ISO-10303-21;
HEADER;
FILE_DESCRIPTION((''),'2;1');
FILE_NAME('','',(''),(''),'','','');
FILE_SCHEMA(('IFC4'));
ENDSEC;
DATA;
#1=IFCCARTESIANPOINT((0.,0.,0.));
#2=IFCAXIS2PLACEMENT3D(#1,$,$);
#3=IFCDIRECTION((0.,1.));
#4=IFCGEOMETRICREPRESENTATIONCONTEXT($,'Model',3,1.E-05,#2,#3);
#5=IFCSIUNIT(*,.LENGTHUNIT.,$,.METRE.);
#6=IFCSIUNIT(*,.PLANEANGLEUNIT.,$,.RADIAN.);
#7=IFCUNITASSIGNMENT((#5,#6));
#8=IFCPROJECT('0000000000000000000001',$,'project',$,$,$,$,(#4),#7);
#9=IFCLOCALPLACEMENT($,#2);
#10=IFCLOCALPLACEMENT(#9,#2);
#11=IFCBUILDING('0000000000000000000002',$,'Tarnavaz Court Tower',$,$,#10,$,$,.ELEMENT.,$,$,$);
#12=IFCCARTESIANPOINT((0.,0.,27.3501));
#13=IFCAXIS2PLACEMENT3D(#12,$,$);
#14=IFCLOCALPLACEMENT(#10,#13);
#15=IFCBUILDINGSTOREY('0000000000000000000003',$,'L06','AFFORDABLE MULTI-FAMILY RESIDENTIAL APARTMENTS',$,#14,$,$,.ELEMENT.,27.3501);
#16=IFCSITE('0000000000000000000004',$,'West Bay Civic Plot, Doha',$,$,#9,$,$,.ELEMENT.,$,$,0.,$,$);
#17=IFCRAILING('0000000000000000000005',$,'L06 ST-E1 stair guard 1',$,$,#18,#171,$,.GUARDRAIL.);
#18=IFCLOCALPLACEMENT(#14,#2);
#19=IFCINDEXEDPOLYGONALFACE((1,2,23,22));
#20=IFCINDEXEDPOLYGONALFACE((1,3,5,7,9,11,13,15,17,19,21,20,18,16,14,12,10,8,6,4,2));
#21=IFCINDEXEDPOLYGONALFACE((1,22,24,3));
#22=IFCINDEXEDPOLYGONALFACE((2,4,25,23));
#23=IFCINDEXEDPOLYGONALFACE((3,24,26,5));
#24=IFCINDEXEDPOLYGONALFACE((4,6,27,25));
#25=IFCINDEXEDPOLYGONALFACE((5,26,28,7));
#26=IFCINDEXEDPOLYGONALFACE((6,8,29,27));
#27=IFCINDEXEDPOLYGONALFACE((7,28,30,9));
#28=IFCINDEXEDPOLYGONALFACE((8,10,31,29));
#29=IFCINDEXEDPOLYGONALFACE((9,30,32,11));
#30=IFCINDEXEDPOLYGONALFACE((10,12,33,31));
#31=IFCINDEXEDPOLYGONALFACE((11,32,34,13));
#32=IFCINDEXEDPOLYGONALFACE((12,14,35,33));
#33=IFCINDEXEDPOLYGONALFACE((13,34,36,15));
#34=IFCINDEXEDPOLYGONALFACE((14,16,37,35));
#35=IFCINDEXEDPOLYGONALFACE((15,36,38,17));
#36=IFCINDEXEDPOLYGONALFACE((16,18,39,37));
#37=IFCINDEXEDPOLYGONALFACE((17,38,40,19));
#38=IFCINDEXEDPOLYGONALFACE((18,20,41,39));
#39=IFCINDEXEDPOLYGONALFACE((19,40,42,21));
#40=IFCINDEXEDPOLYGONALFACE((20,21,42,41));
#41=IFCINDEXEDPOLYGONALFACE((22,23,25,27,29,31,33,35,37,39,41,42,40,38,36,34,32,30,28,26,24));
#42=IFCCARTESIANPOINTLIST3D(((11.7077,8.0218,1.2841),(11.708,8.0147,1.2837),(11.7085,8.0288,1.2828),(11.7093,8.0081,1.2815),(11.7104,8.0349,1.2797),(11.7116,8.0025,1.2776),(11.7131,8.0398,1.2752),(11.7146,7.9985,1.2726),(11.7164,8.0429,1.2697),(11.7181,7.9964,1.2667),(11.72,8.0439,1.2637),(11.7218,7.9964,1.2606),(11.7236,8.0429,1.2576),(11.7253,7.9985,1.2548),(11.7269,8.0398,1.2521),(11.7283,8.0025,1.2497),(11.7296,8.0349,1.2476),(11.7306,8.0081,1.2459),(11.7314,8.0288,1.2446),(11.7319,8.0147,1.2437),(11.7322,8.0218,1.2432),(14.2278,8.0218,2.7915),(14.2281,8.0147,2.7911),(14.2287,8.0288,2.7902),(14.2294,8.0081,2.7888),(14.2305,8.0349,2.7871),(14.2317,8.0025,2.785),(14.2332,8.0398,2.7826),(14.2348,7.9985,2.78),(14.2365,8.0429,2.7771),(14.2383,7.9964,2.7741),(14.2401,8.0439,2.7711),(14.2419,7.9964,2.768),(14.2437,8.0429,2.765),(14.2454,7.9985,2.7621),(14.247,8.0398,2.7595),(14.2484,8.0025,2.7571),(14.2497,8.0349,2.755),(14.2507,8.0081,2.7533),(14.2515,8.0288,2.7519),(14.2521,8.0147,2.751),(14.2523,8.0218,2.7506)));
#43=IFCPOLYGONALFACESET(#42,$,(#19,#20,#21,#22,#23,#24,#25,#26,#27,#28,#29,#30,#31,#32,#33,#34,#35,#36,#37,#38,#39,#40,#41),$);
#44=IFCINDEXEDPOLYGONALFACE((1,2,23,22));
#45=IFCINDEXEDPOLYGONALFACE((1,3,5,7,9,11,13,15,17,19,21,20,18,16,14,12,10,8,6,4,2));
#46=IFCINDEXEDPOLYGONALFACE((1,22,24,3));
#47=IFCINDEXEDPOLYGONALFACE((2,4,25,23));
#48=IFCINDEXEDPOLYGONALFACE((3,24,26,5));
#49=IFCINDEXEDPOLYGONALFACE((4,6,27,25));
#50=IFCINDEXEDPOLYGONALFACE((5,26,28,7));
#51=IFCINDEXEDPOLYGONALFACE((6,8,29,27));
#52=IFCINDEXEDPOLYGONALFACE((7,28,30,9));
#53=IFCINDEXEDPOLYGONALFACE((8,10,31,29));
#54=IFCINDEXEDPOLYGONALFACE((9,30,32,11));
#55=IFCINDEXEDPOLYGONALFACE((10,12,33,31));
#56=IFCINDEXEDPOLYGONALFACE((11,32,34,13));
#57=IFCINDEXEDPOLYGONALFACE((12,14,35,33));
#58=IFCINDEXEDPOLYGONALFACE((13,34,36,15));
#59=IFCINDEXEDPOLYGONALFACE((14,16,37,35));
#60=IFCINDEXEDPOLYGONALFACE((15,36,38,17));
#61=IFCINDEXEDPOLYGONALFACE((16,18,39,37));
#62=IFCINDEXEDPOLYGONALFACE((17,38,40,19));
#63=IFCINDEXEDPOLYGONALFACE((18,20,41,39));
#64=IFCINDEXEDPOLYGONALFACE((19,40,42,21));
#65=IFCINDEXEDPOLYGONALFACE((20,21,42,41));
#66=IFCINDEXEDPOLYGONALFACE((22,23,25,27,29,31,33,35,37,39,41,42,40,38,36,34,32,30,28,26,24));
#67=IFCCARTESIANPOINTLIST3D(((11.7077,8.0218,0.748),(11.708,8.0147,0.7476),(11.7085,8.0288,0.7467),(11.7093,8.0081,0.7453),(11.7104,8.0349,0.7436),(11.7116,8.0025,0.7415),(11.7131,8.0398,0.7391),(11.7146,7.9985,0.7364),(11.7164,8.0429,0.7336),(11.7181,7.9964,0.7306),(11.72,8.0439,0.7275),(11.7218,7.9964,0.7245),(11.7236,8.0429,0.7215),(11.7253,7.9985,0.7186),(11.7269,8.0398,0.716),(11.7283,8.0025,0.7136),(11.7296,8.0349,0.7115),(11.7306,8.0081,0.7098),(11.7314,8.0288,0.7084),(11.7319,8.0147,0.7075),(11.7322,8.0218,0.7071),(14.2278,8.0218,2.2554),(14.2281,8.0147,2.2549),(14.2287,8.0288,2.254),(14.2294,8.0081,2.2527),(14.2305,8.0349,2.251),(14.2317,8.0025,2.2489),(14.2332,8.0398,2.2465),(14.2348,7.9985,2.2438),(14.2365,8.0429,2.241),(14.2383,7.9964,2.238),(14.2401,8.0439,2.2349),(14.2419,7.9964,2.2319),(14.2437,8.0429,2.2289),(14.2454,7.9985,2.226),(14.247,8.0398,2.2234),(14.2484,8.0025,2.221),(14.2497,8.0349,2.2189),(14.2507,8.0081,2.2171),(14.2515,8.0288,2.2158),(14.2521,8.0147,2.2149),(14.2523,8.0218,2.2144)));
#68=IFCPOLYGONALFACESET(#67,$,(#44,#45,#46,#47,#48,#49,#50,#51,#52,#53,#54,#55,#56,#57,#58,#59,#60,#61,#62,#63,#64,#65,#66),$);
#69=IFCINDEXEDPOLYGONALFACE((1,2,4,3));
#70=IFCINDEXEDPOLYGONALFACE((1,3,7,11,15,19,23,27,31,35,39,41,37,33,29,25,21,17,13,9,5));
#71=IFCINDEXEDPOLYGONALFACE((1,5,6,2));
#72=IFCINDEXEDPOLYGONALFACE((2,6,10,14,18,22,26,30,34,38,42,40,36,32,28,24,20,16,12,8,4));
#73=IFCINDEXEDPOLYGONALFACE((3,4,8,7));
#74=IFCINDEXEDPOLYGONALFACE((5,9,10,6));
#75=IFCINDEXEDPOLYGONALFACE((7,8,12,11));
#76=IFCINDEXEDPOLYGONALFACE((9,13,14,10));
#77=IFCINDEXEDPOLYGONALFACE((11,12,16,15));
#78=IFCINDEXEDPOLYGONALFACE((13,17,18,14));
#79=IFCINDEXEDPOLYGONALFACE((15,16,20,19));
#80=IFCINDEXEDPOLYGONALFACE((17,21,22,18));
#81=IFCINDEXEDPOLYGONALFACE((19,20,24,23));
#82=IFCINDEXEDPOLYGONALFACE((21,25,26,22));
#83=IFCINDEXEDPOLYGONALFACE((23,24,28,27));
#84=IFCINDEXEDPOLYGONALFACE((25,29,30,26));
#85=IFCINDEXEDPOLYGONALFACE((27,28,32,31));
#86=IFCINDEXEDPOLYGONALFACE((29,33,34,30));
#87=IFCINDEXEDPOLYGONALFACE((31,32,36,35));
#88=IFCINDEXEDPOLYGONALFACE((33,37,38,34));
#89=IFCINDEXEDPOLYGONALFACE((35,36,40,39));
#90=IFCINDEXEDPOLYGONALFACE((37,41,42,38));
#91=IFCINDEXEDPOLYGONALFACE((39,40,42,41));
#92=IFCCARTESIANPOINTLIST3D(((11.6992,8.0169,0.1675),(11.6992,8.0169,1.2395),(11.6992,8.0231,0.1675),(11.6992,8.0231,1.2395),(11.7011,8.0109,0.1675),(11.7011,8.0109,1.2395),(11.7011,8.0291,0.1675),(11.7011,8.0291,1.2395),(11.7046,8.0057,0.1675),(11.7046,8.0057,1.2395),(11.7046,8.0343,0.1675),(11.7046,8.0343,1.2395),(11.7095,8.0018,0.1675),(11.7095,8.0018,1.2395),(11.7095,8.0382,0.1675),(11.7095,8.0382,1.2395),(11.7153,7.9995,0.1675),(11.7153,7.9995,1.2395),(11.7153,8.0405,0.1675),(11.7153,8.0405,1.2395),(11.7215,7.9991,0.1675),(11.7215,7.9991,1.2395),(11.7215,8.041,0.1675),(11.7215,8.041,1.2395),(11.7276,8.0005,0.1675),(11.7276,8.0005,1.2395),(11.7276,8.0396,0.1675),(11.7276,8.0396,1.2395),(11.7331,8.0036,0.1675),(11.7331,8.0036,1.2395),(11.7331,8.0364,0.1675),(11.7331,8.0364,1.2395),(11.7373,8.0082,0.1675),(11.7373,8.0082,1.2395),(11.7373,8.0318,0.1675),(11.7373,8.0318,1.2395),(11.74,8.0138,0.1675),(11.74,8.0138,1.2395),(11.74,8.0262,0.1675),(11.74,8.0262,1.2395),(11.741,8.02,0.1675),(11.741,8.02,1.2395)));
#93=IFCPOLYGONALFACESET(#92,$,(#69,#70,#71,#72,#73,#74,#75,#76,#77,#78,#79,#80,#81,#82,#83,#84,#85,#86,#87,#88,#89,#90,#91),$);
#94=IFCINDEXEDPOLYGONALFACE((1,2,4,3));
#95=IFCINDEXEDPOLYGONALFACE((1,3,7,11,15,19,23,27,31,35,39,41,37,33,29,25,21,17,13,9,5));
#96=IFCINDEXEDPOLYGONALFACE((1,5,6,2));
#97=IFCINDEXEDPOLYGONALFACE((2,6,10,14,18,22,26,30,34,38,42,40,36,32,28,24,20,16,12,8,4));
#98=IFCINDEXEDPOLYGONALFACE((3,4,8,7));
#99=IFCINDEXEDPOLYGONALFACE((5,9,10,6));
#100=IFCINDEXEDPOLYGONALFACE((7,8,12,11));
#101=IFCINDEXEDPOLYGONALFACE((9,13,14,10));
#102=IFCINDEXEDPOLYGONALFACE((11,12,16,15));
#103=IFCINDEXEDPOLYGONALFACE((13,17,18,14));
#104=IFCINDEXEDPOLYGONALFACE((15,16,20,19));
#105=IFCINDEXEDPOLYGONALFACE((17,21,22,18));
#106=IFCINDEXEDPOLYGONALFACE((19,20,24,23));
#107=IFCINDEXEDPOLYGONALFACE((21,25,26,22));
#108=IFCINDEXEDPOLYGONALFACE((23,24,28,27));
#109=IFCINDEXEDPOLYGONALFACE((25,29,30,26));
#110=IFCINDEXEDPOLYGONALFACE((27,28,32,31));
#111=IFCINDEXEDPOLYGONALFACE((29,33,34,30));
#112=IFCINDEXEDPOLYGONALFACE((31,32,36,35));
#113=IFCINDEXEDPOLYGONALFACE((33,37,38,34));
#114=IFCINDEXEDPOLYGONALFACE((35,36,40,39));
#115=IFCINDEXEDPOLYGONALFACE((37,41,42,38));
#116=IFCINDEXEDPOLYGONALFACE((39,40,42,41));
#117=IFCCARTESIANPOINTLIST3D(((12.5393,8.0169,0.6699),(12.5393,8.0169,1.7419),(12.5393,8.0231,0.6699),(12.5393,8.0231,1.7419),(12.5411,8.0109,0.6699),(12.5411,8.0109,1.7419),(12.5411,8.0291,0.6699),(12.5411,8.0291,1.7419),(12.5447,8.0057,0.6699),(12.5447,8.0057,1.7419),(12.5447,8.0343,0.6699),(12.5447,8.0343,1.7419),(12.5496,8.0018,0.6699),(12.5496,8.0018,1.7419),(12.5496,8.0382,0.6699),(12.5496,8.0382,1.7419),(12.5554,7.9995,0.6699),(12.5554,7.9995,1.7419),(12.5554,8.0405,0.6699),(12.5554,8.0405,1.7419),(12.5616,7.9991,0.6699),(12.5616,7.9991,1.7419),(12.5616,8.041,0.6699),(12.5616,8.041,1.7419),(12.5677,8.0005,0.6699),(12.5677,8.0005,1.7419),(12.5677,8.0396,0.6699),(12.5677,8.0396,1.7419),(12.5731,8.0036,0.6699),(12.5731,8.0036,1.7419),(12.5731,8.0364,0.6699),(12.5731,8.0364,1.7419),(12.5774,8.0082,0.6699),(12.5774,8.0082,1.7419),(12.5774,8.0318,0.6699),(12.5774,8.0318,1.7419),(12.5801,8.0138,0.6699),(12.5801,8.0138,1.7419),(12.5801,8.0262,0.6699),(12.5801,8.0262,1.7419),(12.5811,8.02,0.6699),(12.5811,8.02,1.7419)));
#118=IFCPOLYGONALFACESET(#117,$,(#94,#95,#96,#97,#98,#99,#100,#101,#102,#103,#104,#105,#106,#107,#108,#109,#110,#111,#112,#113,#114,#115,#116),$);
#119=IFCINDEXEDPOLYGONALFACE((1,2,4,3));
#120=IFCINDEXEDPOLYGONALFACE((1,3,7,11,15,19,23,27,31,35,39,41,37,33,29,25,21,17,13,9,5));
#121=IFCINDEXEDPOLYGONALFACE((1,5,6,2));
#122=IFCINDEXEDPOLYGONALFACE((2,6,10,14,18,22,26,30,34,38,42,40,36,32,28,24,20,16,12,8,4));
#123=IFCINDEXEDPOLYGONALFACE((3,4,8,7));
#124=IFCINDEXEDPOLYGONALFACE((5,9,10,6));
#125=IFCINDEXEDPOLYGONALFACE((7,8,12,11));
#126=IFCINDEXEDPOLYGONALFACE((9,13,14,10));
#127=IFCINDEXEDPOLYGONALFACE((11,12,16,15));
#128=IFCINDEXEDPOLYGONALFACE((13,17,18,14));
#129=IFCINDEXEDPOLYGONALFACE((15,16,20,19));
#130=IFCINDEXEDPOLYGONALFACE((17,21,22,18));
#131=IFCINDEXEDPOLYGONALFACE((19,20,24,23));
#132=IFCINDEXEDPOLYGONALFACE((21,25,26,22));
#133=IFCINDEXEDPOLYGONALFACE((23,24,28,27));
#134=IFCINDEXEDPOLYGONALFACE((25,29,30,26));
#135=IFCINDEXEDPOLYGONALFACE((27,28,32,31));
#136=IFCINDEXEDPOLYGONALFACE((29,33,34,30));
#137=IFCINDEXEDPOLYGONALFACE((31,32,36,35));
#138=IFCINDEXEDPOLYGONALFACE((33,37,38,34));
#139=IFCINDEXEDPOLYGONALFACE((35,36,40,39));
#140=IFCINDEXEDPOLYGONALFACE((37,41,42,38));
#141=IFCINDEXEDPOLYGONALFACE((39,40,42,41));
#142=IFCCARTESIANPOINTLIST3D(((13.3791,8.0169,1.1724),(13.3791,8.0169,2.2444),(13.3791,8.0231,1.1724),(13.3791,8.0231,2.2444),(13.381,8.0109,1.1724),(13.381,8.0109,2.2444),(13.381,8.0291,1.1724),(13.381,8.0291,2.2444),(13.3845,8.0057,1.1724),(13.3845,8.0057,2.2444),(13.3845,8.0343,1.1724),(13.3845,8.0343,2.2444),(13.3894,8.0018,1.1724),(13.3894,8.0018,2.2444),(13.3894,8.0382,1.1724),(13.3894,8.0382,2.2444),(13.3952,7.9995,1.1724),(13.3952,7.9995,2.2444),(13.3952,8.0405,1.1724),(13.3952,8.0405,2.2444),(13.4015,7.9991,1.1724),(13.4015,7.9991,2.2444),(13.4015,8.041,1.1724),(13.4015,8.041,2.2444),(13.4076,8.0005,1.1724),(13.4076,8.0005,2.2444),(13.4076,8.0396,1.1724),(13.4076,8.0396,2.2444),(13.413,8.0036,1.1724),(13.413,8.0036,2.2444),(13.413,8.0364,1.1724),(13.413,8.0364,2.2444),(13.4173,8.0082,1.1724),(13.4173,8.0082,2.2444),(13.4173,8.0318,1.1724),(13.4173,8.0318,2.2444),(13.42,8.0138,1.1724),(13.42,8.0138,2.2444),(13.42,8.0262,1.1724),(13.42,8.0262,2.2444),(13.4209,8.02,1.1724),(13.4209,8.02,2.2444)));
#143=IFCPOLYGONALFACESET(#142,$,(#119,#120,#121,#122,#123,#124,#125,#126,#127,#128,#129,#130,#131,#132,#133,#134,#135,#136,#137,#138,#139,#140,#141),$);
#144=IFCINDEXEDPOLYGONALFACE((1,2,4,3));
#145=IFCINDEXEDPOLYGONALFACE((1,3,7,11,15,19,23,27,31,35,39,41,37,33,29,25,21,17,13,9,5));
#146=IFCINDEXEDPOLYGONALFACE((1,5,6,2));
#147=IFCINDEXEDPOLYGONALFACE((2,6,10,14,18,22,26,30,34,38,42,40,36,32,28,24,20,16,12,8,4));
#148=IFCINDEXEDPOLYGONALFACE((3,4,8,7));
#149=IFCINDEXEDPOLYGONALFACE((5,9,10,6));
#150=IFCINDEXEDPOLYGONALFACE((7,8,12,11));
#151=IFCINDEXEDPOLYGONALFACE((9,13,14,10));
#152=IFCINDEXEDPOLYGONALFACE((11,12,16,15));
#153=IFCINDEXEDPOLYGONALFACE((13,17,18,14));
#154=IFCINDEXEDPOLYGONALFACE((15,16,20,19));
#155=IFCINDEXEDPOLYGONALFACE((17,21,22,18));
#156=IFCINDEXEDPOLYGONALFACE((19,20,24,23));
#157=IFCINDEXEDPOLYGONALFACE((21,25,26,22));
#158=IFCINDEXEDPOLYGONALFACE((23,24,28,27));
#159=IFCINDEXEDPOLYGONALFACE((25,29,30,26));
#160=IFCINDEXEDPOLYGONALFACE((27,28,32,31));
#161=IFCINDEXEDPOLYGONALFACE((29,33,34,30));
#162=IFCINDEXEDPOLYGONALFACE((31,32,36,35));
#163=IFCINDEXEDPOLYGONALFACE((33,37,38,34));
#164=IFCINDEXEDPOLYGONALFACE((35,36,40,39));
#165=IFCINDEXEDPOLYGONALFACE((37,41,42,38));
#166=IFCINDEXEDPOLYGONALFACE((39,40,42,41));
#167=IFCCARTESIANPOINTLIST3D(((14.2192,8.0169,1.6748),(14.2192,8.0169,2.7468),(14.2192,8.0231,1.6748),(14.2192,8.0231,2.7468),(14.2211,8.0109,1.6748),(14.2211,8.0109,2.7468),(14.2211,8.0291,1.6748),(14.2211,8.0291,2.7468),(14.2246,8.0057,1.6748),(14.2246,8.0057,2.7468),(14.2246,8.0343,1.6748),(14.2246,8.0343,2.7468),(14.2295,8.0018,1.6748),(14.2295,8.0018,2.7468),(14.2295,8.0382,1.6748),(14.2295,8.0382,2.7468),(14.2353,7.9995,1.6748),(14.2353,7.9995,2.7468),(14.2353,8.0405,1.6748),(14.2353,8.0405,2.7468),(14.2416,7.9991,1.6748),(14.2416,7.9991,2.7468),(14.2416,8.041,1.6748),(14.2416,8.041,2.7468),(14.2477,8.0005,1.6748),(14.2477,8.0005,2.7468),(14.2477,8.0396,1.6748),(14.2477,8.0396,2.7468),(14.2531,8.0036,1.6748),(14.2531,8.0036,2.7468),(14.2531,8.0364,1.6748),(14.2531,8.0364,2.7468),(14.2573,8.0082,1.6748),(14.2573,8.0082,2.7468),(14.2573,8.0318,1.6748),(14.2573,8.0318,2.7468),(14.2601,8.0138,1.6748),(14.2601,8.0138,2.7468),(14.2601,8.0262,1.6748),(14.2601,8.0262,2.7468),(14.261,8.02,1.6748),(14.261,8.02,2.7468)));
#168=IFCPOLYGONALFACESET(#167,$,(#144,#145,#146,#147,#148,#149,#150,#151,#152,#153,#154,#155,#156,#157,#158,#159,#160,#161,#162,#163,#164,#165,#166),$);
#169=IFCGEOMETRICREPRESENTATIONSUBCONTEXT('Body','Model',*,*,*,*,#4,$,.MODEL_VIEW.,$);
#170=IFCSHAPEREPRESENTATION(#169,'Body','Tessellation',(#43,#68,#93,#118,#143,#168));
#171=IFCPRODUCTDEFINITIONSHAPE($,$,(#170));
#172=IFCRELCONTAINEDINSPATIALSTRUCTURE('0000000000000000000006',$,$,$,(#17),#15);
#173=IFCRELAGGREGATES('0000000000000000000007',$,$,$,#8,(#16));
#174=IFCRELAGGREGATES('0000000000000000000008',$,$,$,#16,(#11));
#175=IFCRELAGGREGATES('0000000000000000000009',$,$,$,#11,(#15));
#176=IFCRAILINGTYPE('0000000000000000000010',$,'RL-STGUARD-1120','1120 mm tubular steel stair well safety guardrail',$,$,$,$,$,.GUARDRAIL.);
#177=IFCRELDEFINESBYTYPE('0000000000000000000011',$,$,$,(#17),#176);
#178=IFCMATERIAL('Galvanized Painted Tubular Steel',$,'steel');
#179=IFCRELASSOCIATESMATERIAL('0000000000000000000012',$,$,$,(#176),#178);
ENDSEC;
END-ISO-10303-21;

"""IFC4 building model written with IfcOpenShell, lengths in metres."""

from ifc_helpers import new_model, si_unit, direction, frame, origin, origin_2d, place, context, subcontext, project, spatial, circle, extrude, material, type_object, element, save


model = new_model("IFC4")

# Units and contexts
model_context = context("Model", 3, precision=1e-05, world=origin(), true_north=direction((0.0, 1.0)))
body_context = subcontext(model_context, "Body", "Model", "MODEL_VIEW")
ifc_project = project(units=[si_unit("LENGTHUNIT", "METRE"), si_unit("PLANEANGLEUNIT", "RADIAN")], contexts=[model_context])

# Site, building, storey
site_placement = place(None, origin())
site = spatial("IfcSite", under=ifc_project, at=site_placement, Name="West Bay Civic Plot, Doha", CompositionType="ELEMENT", RefElevation=0.0)
building_placement = place(site_placement, origin())
building = spatial("IfcBuilding", under=site, at=building_placement, Name="Tarnavaz Court Tower", CompositionType="ELEMENT")
storey_placement = place(building_placement, frame((0.0, 0.0, 27.3501)))
storey = spatial("IfcBuildingStorey", under=building, at=storey_placement, Name="L06", Description="AFFORDABLE MULTI-FAMILY RESIDENTIAL APARTMENTS", CompositionType="ELEMENT", Elevation=27.3501)

# Railing
ifc_material_1 = material(Name="Galvanized Painted Tubular Steel", Category="steel")
railing_type_1 = type_object("IfcRailingType", Name="RL-STGUARD-1120", Description="1120 mm tubular steel stair well safety guardrail", PredefinedType="GUARDRAIL", material=ifc_material_1)
railing_1_placement = place(storey_placement, frame((11.72, 8.02, 0.1675)))
element("IfcRailing", 1, at=railing_1_placement, inside=storey, type_object=railing_type_1, Name="L06 ST-E1 stair guard 1", PredefinedType="GUARDRAIL", context=body_context, shape_type="SweptSolid", body=[
    extrude(circle(Radius=0.0239, at=origin_2d()), frame((0.0, 0.0, 1.0962), z_axis=(0.858196, 0.0, 0.513321), x_axis=(0.0, 1.0, 0.0)), (0.0, 0.0, 1.0), 2.9365),
    extrude(circle(Radius=0.0239, at=origin_2d()), frame((0.0, 0.0, 0.5601), z_axis=(0.858196, 0.0, 0.513321), x_axis=(0.0, 1.0, 0.0)), (0.0, 0.0, 1.0), 2.9365),
    extrude(circle(Radius=0.021, at=origin_2d()), origin(), (0.0, 0.0, 1.0), 1.072),
    extrude(circle(Radius=0.021, at=origin_2d()), frame((0.8401, 0.0, 0.5024)), (0.0, 0.0, 1.0), 1.072),
    extrude(circle(Radius=0.021, at=origin_2d()), frame((1.6799, 0.0, 1.0049)), (0.0, 0.0, 1.0), 1.072),
    extrude(circle(Radius=0.021, at=origin_2d()), frame((2.52, 0.0, 1.5073)), (0.0, 0.0, 1.0), 1.072),
])

save(model, "model.ifc")
